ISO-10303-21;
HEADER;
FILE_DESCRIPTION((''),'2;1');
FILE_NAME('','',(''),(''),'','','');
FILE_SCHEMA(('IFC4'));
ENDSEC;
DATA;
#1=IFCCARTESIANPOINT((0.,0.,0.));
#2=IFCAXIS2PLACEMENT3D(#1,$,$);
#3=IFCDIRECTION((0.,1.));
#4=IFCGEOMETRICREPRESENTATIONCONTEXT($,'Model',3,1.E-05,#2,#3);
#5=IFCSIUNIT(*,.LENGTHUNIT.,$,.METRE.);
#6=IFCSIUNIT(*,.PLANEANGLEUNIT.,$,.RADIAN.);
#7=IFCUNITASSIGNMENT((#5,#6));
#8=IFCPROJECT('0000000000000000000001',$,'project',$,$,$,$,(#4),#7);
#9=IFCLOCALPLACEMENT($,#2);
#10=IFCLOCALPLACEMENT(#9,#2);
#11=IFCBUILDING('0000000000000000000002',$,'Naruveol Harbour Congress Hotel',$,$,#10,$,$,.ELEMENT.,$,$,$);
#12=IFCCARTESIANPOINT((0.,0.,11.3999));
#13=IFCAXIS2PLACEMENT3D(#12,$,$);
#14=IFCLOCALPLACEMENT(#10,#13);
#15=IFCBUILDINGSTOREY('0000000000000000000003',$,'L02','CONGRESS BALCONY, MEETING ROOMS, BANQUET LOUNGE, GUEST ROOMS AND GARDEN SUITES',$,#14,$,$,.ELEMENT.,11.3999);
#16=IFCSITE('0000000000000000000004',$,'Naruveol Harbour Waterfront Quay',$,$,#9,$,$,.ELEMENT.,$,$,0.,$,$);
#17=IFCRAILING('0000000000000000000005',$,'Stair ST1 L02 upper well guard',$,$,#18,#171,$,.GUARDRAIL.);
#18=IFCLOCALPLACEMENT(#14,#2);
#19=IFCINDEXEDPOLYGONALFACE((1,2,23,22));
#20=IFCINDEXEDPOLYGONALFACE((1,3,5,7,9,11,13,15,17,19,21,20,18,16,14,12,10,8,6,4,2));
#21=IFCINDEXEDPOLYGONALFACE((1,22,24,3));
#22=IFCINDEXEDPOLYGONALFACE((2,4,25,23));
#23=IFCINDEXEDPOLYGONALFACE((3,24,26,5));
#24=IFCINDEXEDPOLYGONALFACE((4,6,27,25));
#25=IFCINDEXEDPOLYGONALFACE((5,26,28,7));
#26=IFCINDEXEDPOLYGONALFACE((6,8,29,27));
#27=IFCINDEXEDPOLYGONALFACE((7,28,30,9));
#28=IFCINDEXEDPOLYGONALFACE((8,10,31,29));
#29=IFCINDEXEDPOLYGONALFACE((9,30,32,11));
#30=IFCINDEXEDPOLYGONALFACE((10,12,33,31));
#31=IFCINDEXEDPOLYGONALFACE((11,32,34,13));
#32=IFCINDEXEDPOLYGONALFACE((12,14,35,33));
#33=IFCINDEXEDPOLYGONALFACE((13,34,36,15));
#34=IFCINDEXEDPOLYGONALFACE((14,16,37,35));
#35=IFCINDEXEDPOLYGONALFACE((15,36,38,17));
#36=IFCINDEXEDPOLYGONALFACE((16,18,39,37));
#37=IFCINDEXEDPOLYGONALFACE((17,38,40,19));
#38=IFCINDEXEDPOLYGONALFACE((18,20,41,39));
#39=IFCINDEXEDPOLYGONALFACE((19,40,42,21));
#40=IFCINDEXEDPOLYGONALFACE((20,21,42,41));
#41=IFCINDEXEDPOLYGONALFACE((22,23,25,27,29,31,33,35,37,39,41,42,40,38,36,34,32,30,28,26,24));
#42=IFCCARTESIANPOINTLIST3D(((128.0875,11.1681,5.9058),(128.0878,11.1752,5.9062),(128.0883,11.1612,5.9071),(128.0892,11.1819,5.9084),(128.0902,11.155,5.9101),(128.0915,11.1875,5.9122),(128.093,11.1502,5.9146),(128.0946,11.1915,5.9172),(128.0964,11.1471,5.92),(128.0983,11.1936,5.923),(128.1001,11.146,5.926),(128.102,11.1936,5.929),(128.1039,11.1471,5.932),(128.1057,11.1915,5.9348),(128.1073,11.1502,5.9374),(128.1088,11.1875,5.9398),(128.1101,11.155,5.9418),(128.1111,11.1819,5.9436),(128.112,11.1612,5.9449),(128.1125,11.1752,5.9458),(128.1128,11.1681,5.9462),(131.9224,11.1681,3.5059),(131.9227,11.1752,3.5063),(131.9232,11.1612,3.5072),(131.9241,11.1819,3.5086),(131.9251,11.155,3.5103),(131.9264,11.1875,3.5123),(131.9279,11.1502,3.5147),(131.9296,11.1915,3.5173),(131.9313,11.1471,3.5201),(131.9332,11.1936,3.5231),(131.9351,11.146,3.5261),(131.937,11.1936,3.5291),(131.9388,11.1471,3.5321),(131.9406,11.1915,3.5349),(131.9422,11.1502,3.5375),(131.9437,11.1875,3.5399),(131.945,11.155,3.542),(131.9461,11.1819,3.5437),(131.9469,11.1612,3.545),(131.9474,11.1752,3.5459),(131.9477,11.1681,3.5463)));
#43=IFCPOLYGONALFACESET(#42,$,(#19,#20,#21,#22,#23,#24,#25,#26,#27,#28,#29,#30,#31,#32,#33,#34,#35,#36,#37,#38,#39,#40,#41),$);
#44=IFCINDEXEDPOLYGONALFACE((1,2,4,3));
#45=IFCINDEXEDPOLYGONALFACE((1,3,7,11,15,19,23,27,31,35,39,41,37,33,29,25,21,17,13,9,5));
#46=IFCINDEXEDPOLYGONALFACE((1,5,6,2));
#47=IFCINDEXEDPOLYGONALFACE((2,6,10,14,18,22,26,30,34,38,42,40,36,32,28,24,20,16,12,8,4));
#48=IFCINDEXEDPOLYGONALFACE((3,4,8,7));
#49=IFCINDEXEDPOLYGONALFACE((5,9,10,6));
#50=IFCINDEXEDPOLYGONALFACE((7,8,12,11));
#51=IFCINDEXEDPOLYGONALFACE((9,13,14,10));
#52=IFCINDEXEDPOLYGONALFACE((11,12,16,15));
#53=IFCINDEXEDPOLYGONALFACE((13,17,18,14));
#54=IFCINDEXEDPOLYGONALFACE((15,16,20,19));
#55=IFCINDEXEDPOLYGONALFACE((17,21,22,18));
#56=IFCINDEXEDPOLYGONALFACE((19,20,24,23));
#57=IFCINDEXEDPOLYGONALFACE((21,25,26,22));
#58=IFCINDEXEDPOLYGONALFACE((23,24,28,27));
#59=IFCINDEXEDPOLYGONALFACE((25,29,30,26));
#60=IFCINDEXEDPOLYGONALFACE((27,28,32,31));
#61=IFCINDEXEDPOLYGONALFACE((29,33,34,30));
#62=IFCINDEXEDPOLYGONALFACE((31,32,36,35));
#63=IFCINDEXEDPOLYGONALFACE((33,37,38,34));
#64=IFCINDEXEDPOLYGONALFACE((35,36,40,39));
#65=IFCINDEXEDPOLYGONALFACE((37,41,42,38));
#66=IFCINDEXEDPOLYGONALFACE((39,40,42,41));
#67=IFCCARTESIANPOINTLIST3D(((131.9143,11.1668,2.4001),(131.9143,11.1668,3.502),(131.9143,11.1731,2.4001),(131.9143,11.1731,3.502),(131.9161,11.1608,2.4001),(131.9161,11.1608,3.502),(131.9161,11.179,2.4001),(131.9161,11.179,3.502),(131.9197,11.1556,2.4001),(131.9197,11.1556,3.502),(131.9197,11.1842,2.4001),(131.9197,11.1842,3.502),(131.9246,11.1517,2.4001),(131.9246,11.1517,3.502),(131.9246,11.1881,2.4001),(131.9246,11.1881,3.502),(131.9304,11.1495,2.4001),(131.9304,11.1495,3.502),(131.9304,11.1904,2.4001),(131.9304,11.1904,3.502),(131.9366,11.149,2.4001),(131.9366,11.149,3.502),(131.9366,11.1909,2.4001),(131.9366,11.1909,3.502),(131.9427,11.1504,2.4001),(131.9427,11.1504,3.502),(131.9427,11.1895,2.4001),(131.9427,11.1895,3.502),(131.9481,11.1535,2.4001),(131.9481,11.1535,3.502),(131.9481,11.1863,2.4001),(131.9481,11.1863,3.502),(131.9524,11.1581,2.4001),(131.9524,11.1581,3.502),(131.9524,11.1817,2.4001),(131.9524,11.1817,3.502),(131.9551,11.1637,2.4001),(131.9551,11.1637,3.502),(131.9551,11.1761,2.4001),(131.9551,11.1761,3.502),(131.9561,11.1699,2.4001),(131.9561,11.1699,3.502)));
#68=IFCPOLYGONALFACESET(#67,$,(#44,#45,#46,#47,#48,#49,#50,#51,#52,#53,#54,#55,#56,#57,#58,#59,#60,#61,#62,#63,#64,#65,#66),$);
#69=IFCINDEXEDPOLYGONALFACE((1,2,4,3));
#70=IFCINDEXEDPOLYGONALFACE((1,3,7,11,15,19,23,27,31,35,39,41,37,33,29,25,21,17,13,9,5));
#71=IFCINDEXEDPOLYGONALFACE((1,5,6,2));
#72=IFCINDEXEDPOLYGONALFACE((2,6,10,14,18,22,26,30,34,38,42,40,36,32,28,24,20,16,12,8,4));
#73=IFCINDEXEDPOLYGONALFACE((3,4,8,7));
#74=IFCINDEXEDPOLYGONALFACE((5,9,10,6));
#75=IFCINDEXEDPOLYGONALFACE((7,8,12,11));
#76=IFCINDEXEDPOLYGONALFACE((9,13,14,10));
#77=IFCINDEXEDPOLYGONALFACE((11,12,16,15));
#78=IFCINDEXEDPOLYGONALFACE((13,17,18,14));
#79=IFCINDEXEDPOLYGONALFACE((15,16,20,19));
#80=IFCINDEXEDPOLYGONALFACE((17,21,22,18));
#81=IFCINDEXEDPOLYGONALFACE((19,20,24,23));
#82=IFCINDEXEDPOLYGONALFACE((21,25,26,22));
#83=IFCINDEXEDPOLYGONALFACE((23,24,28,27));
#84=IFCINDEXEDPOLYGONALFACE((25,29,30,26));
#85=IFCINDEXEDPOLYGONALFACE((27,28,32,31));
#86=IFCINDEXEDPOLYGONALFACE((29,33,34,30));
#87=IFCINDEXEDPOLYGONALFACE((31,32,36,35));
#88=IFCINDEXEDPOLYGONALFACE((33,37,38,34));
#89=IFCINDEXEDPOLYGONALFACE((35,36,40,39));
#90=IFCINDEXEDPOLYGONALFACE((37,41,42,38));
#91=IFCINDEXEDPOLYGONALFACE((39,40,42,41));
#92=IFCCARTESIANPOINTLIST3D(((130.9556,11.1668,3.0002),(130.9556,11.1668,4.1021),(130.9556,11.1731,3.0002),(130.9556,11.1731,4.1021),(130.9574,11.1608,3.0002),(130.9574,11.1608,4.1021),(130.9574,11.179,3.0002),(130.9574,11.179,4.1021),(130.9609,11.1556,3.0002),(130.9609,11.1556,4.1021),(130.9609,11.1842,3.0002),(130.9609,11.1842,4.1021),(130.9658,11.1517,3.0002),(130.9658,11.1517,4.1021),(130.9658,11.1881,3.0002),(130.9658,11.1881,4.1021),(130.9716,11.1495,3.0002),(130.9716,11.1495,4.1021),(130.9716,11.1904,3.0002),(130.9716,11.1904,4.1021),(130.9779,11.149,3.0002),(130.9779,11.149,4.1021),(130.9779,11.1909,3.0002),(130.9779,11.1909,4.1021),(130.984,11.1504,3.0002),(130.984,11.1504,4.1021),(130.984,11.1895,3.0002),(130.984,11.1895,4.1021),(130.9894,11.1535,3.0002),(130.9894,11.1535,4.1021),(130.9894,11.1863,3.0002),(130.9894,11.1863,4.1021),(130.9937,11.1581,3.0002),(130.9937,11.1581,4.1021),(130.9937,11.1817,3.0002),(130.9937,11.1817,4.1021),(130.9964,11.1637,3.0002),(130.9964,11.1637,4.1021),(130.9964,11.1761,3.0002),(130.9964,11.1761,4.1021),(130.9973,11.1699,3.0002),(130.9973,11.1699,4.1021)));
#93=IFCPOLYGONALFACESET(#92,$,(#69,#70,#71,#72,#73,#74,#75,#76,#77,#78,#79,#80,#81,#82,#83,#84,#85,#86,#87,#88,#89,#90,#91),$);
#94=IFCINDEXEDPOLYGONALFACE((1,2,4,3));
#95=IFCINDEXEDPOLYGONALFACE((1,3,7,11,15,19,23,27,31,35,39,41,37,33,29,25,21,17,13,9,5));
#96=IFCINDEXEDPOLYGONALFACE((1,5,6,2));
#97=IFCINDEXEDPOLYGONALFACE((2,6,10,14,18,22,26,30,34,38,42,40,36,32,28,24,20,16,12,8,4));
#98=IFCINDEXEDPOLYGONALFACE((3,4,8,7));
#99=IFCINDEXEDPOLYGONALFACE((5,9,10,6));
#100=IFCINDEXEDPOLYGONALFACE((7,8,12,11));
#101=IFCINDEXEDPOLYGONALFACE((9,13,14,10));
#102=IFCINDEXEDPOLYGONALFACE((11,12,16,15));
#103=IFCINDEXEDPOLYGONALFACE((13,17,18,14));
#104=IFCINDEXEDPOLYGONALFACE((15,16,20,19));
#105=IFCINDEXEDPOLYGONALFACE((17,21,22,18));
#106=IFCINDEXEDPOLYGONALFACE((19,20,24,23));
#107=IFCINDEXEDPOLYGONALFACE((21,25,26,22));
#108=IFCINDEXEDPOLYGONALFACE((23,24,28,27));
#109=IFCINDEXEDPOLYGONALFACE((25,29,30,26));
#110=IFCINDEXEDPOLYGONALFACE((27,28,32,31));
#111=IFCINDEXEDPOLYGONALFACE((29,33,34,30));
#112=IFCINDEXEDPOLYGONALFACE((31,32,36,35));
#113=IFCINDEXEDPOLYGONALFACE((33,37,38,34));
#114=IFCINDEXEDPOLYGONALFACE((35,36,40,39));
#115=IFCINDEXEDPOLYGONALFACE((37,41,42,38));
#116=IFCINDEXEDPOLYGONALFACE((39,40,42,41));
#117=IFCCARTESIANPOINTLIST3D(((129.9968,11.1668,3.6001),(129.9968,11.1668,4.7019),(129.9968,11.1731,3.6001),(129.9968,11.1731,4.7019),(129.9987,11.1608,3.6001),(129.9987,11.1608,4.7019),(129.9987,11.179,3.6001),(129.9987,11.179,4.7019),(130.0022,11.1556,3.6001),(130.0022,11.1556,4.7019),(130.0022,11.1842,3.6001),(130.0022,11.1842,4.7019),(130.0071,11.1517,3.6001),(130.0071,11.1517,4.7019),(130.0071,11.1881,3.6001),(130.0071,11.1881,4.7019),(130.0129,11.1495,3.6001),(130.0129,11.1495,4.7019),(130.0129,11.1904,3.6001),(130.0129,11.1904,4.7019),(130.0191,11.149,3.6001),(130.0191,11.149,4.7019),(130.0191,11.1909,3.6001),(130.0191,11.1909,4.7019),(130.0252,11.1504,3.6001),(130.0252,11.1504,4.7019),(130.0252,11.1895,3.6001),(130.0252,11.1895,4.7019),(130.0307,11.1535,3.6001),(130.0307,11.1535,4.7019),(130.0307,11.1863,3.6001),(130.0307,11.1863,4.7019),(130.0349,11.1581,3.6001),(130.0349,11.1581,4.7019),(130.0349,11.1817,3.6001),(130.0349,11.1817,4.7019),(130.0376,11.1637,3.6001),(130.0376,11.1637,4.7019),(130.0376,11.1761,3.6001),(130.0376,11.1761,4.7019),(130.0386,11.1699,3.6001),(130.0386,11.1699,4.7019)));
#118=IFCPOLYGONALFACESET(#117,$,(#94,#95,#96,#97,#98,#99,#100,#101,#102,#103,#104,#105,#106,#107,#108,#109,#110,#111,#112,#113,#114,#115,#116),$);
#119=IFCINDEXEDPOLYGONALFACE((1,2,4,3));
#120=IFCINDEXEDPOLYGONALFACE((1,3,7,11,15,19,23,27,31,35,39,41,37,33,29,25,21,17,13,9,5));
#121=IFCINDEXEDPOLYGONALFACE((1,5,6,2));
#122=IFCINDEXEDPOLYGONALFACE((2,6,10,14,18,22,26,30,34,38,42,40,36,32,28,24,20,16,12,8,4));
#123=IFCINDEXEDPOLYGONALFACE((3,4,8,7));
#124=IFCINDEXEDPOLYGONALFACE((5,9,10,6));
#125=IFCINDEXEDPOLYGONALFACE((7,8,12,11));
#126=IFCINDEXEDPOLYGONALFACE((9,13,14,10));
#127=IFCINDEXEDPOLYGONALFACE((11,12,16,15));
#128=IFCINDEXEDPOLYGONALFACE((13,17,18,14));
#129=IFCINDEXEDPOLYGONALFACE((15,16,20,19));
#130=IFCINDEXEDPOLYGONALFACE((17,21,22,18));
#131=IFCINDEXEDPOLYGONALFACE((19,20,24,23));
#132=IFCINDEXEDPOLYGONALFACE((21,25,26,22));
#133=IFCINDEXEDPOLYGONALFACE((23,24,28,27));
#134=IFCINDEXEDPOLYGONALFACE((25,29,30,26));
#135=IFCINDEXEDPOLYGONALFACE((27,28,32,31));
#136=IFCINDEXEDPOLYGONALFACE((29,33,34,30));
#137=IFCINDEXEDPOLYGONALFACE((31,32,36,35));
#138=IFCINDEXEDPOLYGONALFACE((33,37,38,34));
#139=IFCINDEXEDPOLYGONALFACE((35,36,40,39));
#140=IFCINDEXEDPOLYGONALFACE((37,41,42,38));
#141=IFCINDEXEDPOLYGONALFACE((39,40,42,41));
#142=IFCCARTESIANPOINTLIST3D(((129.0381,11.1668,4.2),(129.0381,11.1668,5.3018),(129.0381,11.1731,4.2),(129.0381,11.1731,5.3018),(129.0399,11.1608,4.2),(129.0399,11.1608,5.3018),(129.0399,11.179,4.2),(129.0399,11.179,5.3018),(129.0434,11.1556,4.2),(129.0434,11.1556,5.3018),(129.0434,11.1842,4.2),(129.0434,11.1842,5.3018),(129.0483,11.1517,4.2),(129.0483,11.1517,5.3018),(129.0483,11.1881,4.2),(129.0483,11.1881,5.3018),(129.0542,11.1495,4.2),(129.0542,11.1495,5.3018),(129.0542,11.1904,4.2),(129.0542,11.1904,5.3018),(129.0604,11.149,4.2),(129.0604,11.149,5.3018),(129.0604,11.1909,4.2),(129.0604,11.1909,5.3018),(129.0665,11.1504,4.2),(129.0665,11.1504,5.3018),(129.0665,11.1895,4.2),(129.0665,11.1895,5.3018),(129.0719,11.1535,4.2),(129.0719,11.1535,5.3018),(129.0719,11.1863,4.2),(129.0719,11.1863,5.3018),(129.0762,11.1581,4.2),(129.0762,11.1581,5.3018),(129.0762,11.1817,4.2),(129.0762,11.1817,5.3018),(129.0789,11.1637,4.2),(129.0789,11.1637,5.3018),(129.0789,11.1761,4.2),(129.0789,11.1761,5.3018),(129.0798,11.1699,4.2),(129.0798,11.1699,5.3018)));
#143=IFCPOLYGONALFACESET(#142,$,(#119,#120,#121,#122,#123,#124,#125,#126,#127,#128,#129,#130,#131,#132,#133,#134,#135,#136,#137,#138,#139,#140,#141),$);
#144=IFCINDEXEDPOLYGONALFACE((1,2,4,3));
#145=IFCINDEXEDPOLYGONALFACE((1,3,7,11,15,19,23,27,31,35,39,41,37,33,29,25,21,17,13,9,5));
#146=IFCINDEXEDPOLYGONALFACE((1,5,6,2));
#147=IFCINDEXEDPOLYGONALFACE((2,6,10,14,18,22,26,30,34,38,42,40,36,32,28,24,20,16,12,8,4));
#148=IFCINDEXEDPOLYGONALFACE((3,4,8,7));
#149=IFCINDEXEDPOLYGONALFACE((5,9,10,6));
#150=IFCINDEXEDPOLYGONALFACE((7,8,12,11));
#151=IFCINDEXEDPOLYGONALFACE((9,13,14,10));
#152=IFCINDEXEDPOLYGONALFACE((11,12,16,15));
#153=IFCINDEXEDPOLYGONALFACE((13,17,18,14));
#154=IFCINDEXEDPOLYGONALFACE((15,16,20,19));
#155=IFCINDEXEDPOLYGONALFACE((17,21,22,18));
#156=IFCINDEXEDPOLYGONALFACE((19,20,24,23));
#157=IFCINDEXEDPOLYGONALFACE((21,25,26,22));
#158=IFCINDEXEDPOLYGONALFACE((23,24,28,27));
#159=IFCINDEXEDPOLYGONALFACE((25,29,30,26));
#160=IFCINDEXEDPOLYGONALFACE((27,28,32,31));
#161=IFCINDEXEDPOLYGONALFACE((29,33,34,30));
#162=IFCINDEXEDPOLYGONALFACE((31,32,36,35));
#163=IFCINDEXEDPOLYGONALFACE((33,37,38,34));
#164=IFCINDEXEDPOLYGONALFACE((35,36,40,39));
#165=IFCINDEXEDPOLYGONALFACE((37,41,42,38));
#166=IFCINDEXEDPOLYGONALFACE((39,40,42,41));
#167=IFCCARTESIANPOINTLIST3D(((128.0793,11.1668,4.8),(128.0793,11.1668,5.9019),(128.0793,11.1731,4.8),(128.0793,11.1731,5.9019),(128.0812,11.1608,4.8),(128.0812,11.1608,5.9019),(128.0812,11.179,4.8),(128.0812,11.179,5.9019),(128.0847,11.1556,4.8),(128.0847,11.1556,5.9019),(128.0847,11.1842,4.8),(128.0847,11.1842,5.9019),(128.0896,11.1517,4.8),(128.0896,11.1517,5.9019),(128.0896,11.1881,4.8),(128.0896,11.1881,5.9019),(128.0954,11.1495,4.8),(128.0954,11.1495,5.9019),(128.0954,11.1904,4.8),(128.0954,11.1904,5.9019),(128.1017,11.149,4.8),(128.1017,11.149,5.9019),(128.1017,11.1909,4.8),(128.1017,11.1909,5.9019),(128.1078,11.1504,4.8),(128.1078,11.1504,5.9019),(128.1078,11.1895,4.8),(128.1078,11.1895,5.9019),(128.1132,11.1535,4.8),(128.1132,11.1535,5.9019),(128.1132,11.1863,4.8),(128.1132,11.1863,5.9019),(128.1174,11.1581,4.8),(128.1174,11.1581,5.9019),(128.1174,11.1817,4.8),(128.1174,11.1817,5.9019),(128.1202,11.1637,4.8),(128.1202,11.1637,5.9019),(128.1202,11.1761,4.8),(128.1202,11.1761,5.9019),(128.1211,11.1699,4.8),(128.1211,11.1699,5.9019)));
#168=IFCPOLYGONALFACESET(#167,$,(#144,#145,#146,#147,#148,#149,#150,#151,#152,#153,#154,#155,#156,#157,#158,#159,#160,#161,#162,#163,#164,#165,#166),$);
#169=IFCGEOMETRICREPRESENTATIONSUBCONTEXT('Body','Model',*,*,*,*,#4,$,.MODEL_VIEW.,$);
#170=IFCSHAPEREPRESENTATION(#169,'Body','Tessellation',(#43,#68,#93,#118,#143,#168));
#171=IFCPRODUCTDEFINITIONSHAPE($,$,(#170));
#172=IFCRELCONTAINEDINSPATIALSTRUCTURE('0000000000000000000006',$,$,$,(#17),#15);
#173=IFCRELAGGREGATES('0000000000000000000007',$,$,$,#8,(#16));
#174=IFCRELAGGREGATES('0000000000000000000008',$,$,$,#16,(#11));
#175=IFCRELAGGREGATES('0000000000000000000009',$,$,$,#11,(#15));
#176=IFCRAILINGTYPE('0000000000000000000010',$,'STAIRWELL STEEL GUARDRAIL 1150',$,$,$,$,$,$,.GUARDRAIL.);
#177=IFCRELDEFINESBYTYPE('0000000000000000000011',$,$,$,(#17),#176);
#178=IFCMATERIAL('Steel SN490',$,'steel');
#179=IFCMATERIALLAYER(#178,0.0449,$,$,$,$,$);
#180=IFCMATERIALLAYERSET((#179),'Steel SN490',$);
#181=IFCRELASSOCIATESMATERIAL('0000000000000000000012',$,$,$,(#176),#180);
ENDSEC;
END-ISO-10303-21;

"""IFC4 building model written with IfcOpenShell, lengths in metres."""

from ifc_helpers import new_model, si_unit, direction, frame, origin, origin_2d, place, context, subcontext, project, spatial, circle, extrude, material, layer, layer_set, type_object, element, save


model = new_model("IFC4")

# Units and contexts
model_context = context("Model", 3, precision=1e-05, world=origin(), true_north=direction((0.0, 1.0)))
body_context = subcontext(model_context, "Body", "Model", "MODEL_VIEW")
ifc_project = project(units=[si_unit("LENGTHUNIT", "METRE"), si_unit("PLANEANGLEUNIT", "RADIAN")], contexts=[model_context])

# Site, building, storey
site_placement = place(None, origin())
site = spatial("IfcSite", under=ifc_project, at=site_placement, Name="Naruveol Harbour Waterfront Quay", CompositionType="ELEMENT", RefElevation=0.0)
building_placement = place(site_placement, origin())
building = spatial("IfcBuilding", under=site, at=building_placement, Name="Naruveol Harbour Congress Hotel", CompositionType="ELEMENT")
storey_placement = place(building_placement, frame((0.0, 0.0, 11.3999)))
storey = spatial("IfcBuildingStorey", under=building, at=storey_placement, Name="L02", Description="CONGRESS BALCONY, MEETING ROOMS, BANQUET LOUNGE, GUEST ROOMS AND GARDEN SUITES", CompositionType="ELEMENT", Elevation=11.3999)

# Railing
ifc_material_1 = material(Name="Steel SN490", Category="steel")
ifc_layer_1 = layer(ifc_material_1, 0.0449)
ifc_layer_set_1 = layer_set([ifc_layer_1], Name="Steel SN490")
railing_type_1 = type_object("IfcRailingType", Name="STAIRWELL STEEL GUARDRAIL 1150", PredefinedType="GUARDRAIL", material=ifc_layer_set_1)
railing_1_placement = place(storey_placement, frame((131.9351, 11.1699, 2.4001)))
element("IfcRailing", 1, at=railing_1_placement, inside=storey, type_object=railing_type_1, Name="Stair ST1 L02 upper well guard", PredefinedType="GUARDRAIL", context=body_context, shape_type="SweptSolid", body=[
    extrude(circle(Radius=0.0239, at=origin_2d()), frame((0.0, 0.0, 1.126), z_axis=(-0.847695, 0.0, 0.530484), x_axis=(0.0, -1.0, 0.0)), (0.0, 0.0, 1.0), 4.5239),
    extrude(circle(Radius=0.021, at=origin_2d()), origin(), (0.0, 0.0, 1.0), 1.1018),
    extrude(circle(Radius=0.021, at=origin_2d()), frame((-0.9587, 0.0, 0.6001)), (0.0, 0.0, 1.0), 1.1018),
    extrude(circle(Radius=0.021, at=origin_2d()), frame((-1.9175, 0.0, 1.2)), (0.0, 0.0, 1.0), 1.1018),
    extrude(circle(Radius=0.021, at=origin_2d()), frame((-2.8762, 0.0, 1.7998)), (0.0, 0.0, 1.0), 1.1018),
    extrude(circle(Radius=0.021, at=origin_2d()), frame((-3.835, 0.0, 2.3999)), (0.0, 0.0, 1.0), 1.1018),
])

save(model, "model.ifc")
